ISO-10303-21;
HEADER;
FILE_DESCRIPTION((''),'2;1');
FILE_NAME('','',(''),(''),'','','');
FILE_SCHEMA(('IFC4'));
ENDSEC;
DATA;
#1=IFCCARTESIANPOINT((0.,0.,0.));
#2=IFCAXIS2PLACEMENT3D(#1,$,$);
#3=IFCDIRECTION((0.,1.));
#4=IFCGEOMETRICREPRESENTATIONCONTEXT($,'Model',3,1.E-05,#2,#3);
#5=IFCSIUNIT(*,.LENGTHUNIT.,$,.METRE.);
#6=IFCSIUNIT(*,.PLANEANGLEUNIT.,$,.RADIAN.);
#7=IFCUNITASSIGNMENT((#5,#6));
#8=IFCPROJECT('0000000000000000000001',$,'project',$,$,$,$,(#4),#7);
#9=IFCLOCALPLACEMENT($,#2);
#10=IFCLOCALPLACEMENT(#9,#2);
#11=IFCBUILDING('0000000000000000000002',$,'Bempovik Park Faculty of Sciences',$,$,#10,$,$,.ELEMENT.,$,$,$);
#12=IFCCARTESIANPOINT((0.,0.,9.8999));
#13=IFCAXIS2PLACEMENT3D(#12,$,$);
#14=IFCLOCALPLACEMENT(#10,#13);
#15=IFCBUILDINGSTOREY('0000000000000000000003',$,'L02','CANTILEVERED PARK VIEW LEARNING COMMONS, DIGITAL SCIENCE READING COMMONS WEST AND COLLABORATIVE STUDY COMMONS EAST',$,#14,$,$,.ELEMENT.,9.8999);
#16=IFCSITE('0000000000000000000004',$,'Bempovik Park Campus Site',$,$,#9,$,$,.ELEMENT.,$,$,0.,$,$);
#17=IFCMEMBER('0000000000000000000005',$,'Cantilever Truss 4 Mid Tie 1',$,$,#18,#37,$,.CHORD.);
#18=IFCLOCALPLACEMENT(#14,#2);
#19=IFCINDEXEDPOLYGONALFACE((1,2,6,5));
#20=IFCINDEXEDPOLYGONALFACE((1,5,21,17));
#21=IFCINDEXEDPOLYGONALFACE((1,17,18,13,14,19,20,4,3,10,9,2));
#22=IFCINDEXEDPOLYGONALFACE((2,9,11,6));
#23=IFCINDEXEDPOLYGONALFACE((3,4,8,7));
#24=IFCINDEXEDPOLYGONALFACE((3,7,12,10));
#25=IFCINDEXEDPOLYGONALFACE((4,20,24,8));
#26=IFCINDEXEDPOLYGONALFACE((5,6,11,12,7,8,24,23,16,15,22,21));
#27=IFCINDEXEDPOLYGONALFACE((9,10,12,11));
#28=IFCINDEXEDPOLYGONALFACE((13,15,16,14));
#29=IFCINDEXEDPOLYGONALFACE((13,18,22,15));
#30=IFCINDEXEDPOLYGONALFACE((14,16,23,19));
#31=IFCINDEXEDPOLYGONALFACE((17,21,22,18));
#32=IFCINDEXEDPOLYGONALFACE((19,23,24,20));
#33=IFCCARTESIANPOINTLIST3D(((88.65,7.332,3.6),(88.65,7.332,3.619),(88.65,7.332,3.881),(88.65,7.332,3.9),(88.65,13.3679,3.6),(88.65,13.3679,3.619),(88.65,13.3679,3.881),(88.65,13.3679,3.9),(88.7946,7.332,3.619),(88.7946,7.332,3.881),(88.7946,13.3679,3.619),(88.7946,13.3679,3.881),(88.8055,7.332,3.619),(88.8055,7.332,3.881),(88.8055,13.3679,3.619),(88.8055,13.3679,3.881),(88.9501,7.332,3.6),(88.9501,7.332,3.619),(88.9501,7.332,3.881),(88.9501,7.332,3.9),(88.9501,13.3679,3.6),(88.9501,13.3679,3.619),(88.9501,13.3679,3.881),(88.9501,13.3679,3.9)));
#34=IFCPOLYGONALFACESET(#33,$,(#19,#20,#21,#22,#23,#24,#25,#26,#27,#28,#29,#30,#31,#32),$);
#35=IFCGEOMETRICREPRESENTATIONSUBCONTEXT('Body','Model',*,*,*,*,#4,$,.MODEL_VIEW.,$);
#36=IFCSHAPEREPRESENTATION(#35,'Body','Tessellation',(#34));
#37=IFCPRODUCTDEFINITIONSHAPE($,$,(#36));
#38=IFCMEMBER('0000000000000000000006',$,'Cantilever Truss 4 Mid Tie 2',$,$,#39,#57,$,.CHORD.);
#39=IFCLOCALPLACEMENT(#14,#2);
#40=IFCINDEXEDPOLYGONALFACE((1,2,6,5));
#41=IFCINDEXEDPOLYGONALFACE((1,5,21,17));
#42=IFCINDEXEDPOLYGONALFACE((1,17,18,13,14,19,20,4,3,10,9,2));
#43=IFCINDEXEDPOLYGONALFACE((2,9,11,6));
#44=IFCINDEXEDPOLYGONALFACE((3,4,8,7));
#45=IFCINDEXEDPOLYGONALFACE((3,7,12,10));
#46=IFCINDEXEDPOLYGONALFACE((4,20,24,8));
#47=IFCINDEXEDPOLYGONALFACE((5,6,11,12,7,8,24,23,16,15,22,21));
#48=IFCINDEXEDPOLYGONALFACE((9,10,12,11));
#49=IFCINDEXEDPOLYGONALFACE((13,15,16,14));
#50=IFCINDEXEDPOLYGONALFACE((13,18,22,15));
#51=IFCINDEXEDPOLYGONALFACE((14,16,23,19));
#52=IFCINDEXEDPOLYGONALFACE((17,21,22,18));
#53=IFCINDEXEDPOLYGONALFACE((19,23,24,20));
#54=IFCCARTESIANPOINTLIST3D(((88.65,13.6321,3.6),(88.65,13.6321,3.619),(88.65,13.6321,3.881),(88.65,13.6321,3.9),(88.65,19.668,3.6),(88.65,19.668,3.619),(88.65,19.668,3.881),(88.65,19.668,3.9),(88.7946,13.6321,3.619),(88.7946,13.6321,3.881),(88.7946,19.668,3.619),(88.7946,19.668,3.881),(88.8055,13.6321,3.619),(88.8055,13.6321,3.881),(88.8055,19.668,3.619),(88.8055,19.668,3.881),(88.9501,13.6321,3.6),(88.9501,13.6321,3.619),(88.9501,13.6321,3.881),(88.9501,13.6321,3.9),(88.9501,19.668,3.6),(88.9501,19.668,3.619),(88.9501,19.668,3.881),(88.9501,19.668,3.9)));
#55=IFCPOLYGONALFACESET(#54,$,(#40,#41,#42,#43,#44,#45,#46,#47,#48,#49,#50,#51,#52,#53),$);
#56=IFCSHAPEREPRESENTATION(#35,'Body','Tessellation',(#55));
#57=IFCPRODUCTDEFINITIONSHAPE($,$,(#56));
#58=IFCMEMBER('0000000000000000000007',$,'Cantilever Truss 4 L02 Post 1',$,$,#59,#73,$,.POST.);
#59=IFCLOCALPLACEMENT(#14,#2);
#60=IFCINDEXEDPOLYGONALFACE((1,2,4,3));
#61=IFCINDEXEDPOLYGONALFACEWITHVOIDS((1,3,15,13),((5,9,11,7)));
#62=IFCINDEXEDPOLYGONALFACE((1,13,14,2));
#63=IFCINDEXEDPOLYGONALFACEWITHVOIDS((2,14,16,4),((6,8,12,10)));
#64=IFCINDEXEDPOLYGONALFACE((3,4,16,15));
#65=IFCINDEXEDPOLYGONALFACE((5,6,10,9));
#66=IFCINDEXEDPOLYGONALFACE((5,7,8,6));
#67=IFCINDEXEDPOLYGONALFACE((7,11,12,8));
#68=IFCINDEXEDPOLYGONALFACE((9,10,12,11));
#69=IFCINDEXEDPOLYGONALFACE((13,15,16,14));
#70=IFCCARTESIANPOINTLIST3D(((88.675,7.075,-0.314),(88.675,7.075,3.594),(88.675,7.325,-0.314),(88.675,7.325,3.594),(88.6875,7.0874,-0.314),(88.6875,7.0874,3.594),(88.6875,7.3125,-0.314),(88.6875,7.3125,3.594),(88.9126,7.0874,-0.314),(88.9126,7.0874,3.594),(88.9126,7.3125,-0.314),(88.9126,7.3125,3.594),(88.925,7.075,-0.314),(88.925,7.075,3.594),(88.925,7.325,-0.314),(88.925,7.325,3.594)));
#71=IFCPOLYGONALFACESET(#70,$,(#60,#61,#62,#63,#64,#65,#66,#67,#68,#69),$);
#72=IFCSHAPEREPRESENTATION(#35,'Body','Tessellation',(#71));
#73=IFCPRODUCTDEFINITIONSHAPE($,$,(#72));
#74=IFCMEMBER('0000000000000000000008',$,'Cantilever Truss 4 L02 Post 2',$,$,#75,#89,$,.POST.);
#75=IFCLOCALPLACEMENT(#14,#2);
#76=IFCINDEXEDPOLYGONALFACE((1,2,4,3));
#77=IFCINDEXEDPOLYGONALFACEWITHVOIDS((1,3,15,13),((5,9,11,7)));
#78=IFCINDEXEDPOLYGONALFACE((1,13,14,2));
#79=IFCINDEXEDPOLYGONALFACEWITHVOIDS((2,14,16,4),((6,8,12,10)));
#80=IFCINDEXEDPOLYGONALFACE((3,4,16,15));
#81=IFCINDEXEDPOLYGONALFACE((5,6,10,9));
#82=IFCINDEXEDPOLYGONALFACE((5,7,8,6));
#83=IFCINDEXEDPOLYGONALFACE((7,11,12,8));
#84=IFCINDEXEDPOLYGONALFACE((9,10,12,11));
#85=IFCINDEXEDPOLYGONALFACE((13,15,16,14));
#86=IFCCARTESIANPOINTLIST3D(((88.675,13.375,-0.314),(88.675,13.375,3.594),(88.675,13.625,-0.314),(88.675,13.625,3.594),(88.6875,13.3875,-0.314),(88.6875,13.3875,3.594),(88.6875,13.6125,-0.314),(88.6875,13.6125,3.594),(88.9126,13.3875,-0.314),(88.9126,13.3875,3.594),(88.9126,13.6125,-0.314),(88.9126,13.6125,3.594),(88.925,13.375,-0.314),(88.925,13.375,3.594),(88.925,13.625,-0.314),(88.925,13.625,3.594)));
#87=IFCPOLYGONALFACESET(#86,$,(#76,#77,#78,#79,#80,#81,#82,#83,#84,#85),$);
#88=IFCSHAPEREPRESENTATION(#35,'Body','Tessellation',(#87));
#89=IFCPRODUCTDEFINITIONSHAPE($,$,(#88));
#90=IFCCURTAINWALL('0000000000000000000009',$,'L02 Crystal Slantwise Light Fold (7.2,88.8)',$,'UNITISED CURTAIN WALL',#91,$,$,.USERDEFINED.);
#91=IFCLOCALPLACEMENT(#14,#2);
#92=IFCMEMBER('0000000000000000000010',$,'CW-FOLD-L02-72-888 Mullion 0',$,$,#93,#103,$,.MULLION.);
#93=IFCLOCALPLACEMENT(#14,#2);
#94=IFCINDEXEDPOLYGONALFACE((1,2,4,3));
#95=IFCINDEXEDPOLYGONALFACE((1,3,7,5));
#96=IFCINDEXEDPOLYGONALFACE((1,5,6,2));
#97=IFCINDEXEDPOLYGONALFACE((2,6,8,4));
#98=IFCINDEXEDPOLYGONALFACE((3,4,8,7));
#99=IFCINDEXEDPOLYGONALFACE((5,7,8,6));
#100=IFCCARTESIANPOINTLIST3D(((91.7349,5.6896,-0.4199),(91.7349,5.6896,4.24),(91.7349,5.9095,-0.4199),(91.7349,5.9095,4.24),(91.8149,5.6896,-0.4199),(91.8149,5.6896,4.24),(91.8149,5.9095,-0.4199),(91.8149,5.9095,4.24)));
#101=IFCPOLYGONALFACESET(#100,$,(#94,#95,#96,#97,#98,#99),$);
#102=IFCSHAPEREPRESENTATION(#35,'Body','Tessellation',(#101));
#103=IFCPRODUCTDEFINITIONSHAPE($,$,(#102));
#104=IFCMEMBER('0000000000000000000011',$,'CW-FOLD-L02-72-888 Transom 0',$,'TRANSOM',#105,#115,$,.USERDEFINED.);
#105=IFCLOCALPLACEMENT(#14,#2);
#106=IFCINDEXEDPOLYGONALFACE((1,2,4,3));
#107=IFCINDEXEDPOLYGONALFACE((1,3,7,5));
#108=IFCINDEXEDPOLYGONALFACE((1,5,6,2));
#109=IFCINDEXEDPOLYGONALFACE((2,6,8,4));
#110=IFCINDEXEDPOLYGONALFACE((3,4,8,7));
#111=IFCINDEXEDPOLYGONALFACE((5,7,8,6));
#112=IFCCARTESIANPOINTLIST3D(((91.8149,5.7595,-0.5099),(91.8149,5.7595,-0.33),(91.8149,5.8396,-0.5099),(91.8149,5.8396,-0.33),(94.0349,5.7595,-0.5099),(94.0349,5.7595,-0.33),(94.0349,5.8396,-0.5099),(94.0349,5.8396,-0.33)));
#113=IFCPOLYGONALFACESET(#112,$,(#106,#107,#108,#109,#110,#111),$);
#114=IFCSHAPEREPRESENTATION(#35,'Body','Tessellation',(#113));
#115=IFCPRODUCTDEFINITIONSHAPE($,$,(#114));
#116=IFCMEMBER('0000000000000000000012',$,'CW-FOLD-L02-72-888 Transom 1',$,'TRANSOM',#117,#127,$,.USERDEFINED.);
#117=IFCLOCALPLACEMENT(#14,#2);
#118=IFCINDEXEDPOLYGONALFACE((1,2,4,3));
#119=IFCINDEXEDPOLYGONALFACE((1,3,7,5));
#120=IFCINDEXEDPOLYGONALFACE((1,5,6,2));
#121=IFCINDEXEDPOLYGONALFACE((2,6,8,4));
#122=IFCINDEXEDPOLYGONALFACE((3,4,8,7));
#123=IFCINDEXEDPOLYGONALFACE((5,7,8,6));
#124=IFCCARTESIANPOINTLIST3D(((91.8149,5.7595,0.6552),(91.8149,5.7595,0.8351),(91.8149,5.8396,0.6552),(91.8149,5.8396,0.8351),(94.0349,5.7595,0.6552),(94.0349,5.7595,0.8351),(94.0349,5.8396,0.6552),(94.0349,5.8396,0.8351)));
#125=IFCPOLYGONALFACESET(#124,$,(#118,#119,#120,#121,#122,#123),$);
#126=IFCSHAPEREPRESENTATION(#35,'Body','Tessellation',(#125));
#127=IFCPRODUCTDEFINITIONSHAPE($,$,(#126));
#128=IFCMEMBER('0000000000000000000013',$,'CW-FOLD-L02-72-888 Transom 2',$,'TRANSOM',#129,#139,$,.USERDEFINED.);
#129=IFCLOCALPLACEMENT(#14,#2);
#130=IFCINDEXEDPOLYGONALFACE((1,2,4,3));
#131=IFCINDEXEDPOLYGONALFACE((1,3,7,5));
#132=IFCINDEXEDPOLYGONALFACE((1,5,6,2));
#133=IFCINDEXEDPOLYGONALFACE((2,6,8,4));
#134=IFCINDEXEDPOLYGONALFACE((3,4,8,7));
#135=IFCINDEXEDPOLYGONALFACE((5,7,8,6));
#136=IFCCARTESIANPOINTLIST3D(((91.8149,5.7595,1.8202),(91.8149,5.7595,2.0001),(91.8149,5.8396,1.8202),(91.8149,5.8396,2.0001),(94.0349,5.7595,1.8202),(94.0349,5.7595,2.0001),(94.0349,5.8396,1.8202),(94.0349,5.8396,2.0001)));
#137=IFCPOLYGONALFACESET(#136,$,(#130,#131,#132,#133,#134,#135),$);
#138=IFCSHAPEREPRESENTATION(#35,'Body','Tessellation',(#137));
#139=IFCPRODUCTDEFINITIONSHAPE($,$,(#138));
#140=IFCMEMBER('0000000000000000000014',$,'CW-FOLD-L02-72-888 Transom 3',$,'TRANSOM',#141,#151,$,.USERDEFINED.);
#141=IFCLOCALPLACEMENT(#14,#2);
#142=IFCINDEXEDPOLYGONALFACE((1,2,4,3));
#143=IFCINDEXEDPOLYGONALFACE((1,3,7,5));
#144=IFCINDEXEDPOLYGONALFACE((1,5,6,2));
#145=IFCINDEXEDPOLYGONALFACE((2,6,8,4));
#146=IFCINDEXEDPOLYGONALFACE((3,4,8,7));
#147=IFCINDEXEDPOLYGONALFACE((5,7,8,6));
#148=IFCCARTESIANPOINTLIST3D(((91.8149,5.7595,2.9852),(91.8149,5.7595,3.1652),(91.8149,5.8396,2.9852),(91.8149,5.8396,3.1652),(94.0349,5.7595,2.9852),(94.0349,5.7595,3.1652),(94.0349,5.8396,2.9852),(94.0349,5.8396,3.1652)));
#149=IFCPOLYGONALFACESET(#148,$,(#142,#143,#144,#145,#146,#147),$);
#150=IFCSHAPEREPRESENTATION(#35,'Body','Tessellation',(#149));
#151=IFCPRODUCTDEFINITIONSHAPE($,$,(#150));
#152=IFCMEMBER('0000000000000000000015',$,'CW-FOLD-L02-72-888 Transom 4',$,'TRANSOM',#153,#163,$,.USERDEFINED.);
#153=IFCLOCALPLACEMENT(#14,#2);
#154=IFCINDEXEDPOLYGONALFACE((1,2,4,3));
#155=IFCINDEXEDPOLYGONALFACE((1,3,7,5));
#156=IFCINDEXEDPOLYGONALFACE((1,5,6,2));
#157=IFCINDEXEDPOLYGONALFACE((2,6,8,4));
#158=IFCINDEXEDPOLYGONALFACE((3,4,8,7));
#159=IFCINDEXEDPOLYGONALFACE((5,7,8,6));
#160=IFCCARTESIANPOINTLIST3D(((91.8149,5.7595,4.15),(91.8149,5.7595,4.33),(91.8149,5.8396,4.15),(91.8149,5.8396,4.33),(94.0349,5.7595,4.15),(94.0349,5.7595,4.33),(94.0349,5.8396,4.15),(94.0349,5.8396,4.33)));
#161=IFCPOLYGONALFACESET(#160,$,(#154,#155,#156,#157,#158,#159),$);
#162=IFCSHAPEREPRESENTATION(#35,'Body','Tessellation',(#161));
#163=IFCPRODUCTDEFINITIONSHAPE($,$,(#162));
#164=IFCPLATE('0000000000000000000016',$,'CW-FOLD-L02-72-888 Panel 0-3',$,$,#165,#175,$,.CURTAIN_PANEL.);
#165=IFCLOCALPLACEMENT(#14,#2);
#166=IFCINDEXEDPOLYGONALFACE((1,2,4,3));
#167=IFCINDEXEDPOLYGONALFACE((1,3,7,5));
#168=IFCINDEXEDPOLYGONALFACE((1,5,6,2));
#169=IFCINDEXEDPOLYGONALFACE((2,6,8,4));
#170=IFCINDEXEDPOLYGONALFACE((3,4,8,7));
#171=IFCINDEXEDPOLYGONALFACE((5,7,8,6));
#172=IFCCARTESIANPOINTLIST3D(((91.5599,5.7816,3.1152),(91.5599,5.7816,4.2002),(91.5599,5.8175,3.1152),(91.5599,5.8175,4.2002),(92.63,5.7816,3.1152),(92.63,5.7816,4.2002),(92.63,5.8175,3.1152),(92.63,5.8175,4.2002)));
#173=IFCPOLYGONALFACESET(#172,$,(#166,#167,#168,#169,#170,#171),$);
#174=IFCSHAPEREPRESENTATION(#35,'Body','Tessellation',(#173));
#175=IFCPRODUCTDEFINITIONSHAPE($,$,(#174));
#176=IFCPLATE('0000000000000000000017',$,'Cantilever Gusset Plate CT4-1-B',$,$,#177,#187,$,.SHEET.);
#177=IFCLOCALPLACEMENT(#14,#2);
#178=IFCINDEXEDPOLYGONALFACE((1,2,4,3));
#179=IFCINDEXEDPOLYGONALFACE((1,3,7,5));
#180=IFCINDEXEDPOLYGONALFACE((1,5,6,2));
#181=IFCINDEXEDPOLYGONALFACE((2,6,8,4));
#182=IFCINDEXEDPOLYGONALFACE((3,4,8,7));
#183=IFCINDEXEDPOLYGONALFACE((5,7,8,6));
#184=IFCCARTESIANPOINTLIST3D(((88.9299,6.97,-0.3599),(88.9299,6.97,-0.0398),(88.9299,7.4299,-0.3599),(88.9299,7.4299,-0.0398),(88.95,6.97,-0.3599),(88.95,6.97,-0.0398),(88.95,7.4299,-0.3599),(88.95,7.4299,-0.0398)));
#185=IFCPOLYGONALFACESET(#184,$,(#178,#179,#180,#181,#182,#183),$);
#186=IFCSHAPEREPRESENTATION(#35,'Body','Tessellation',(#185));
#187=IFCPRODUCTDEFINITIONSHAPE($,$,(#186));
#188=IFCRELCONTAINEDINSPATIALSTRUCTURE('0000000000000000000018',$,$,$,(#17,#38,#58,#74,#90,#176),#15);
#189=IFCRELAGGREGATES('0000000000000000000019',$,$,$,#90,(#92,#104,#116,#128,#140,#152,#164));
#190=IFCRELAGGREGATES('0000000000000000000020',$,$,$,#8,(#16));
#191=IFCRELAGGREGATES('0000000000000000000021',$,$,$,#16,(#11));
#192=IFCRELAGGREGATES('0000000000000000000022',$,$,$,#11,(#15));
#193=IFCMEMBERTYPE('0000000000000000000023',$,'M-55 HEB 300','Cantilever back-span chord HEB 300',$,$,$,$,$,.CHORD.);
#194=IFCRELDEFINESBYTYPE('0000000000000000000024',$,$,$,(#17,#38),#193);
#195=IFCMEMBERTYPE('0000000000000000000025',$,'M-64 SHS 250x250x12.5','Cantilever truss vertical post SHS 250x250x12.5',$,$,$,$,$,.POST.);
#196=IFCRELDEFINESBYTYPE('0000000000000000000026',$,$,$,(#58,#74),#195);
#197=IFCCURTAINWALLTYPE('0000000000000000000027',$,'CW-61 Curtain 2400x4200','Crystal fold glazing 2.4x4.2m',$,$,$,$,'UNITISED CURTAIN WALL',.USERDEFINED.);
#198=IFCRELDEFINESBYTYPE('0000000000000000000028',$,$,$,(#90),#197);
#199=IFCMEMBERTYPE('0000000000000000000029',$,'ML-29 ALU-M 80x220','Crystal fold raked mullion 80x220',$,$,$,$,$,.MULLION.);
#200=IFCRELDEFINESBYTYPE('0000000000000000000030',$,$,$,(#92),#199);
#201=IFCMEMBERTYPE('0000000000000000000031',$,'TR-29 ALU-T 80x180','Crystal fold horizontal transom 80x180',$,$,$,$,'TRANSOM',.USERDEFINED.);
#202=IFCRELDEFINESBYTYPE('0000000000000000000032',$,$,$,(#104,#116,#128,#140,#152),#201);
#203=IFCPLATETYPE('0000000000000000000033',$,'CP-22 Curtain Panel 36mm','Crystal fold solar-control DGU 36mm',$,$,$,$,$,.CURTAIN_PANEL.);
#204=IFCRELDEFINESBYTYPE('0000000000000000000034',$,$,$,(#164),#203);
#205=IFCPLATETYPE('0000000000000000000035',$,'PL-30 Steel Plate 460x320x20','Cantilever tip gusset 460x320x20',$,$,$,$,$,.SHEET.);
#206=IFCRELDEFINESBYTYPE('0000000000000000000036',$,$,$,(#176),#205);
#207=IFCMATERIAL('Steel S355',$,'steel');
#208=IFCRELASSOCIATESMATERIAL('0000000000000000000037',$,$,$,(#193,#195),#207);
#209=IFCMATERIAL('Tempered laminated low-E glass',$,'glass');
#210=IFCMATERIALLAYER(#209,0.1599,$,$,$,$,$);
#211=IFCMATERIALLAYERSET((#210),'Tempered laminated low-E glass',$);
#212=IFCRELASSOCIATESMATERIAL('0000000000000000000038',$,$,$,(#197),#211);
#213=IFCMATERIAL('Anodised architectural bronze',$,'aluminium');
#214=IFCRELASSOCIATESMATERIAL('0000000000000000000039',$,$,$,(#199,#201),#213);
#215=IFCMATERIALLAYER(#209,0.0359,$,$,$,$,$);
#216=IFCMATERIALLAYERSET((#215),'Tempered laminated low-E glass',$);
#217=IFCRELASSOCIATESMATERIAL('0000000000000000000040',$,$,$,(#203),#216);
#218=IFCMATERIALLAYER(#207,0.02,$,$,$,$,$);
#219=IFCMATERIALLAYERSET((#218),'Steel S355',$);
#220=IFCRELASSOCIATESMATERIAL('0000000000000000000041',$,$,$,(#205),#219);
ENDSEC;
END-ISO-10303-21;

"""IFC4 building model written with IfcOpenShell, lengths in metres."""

from ifc_helpers import new_model, si_unit, direction, frame, origin, origin_2d, place, context, subcontext, project, spatial, rectangle, hollow_rectangle, i_section, extrude, material, layer, layer_set, material_profile, profile_set, type_object, element, aggregate, save


model = new_model("IFC4")

# Units and contexts
model_context = context("Model", 3, precision=1e-05, world=origin(), true_north=direction((0.0, 1.0)))
body_context = subcontext(model_context, "Body", "Model", "MODEL_VIEW")
ifc_project = project(units=[si_unit("LENGTHUNIT", "METRE"), si_unit("PLANEANGLEUNIT", "RADIAN")], contexts=[model_context])

# Site, building, storey
site_placement = place(None, origin())
site = spatial("IfcSite", under=ifc_project, at=site_placement, Name="Bempovik Park Campus Site", CompositionType="ELEMENT", RefElevation=0.0)
building_placement = place(site_placement, origin())
building = spatial("IfcBuilding", under=site, at=building_placement, Name="Bempovik Park Faculty of Sciences", CompositionType="ELEMENT")
storey_placement = place(building_placement, frame((0.0, 0.0, 9.8999)))
storey = spatial("IfcBuildingStorey", under=building, at=storey_placement, Name="L02", Description="CANTILEVERED PARK VIEW LEARNING COMMONS, DIGITAL SCIENCE READING COMMONS WEST AND COLLABORATIVE STUDY COMMONS EAST", CompositionType="ELEMENT", Elevation=9.8999)

# Shared definitions
ifc_material_1 = material(Name="Steel S355", Category="steel")

# Members
ifc_material_profile_1 = material_profile(ifc_material_1, i_section(OverallWidth=0.3, OverallDepth=0.3, WebThickness=0.011, FlangeThickness=0.019, at=origin_2d()), Name="HEB 300")
ifc_profile_set_1 = profile_set([ifc_material_profile_1], Name="Steel S355")
member_type_1 = type_object("IfcMemberType", Name="M-55 HEB 300", Description="Cantilever back-span chord HEB 300", PredefinedType="CHORD", material=ifc_profile_set_1)
for number, where, z_axis, x_axis, name in (
    (1, (88.8, 7.332, 3.75), (0.0, 1.0, 0.0), (-1.0, 0.0, 0.0), "Cantilever Truss 4 Mid Tie 1"),
    (2, (88.8, 13.6321, 3.75), (0.0, 1.0, 0.0), (-1.0, 0.0, 0.0), "Cantilever Truss 4 Mid Tie 2"),
):
    element("IfcMember", number, at=place(storey_placement, frame(where, z_axis=z_axis, x_axis=x_axis)), inside=storey, type_object=member_type_1, Name=name, PredefinedType="CHORD", context=body_context, shape_type="SweptSolid", body=[
        extrude(i_section(OverallWidth=0.3, OverallDepth=0.3, WebThickness=0.011, FlangeThickness=0.019, at=origin_2d()), origin(), (0.0, 0.0, 1.0), 6.0359),
    ])
ifc_material_profile_2 = material_profile(ifc_material_1, hollow_rectangle(XDim=0.25, YDim=0.25, WallThickness=0.0125, at=origin_2d()), Name="SHS 250x250x12.5")
ifc_profile_set_2 = profile_set([ifc_material_profile_2], Name="Steel S355")
member_type_2 = type_object("IfcMemberType", Name="M-64 SHS 250x250x12.5", Description="Cantilever truss vertical post SHS 250x250x12.5", PredefinedType="POST", material=ifc_profile_set_2)
for number, where, z_axis, x_axis, name in (
    (3, (88.8, 7.2, -0.314), (0.0, 0.0, 1.0), (1.0, 0.0, 0.0), "Cantilever Truss 4 L02 Post 1"),
    (4, (88.8, 13.5, -0.314), (0.0, 0.0, 1.0), (1.0, 0.0, 0.0), "Cantilever Truss 4 L02 Post 2"),
):
    element("IfcMember", number, at=place(storey_placement, frame(where, z_axis=z_axis, x_axis=x_axis)), inside=storey, type_object=member_type_2, Name=name, PredefinedType="POST", context=body_context, shape_type="SweptSolid", body=[
        extrude(hollow_rectangle(XDim=0.25, YDim=0.25, WallThickness=0.0125, at=origin_2d()), origin(), (0.0, 0.0, 1.0), 3.908),
    ])

# Curtain wall, members, plate
ifc_material_2 = material(Name="Tempered laminated low-E glass", Category="glass")
ifc_layer_1 = layer(ifc_material_2, 0.1599)
ifc_layer_set_1 = layer_set([ifc_layer_1], Name="Tempered laminated low-E glass")
curtain_wall_type = type_object("IfcCurtainWallType", Name="CW-61 Curtain 2400x4200", Description="Crystal fold glazing 2.4x4.2m", ElementType="UNITISED CURTAIN WALL", PredefinedType="USERDEFINED", material=ifc_layer_set_1)
curtain_wall_placement = place(storey_placement, origin())
curtain_wall = element("IfcCurtainWall", 5, at=curtain_wall_placement, inside=storey, type_object=curtain_wall_type, Name="L02 Crystal Slantwise Light Fold (7.2,88.8)", ObjectType="UNITISED CURTAIN WALL", PredefinedType="USERDEFINED")
ifc_material_3 = material(Name="Anodised architectural bronze", Category="aluminium")
ifc_material_profile_3 = material_profile(ifc_material_3, rectangle(XDim=0.0801, YDim=0.22, at=origin_2d()), Name="ALU-M 80x220")
ifc_profile_set_3 = profile_set([ifc_material_profile_3], Name="Anodised architectural bronze")
member_type_3 = type_object("IfcMemberType", Name="ML-29 ALU-M 80x220", Description="Crystal fold raked mullion 80x220", PredefinedType="MULLION", material=ifc_profile_set_3)
member_1_placement = place(storey_placement, frame((91.7749, 5.7996, -0.4199), z_axis=(0.0, 0.0, 1.0), x_axis=(1.0, 0.0, 0.0)))
member_1 = element("IfcMember", 6, at=member_1_placement, type_object=member_type_3, Name="CW-FOLD-L02-72-888 Mullion 0", PredefinedType="MULLION", context=body_context, shape_type="SweptSolid", body=[
    extrude(rectangle(XDim=0.0801, YDim=0.22, at=origin_2d()), origin(), (0.0, 0.0, 1.0), 4.6599),
])
ifc_material_profile_4 = material_profile(ifc_material_3, rectangle(XDim=0.0801, YDim=0.1799, at=origin_2d()), Name="ALU-T 80x180")
ifc_profile_set_4 = profile_set([ifc_material_profile_4], Name="Anodised architectural bronze")
member_type_4 = type_object("IfcMemberType", Name="TR-29 ALU-T 80x180", Description="Crystal fold horizontal transom 80x180", ElementType="TRANSOM", PredefinedType="USERDEFINED", material=ifc_profile_set_4)
member_2_placement = place(storey_placement, frame((91.8149, 5.7996, -0.4199), z_axis=(1.0, 0.0, 0.0), x_axis=(0.0, 1.0, 0.0)))
member_2 = element("IfcMember", 7, at=member_2_placement, type_object=member_type_4, Name="CW-FOLD-L02-72-888 Transom 0", ObjectType="TRANSOM", PredefinedType="USERDEFINED", context=body_context, shape_type="SweptSolid", body=[
    extrude(rectangle(XDim=0.0801, YDim=0.1799, at=origin_2d()), origin(), (0.0, 0.0, 1.0), 2.22),
])
member_3_placement = place(storey_placement, frame((91.8149, 5.7996, 0.7451), z_axis=(1.0, 0.0, 0.0), x_axis=(0.0, 1.0, 0.0)))
member_3 = element("IfcMember", 8, at=member_3_placement, type_object=member_type_4, Name="CW-FOLD-L02-72-888 Transom 1", ObjectType="TRANSOM", PredefinedType="USERDEFINED", context=body_context, shape_type="SweptSolid", body=[
    extrude(rectangle(XDim=0.0801, YDim=0.1799, at=origin_2d()), origin(), (0.0, 0.0, 1.0), 2.22),
])
member_4_placement = place(storey_placement, frame((91.8149, 5.7996, 1.9102), z_axis=(1.0, 0.0, 0.0), x_axis=(0.0, 1.0, 0.0)))
member_4 = element("IfcMember", 9, at=member_4_placement, type_object=member_type_4, Name="CW-FOLD-L02-72-888 Transom 2", ObjectType="TRANSOM", PredefinedType="USERDEFINED", context=body_context, shape_type="SweptSolid", body=[
    extrude(rectangle(XDim=0.0801, YDim=0.1799, at=origin_2d()), origin(), (0.0, 0.0, 1.0), 2.22),
])
member_5_placement = place(storey_placement, frame((91.8149, 5.7996, 3.0752), z_axis=(1.0, 0.0, 0.0), x_axis=(0.0, 1.0, 0.0)))
member_5 = element("IfcMember", 10, at=member_5_placement, type_object=member_type_4, Name="CW-FOLD-L02-72-888 Transom 3", ObjectType="TRANSOM", PredefinedType="USERDEFINED", context=body_context, shape_type="SweptSolid", body=[
    extrude(rectangle(XDim=0.0801, YDim=0.1799, at=origin_2d()), origin(), (0.0, 0.0, 1.0), 2.22),
])
member_6_placement = place(storey_placement, frame((91.8149, 5.7996, 4.24), z_axis=(1.0, 0.0, 0.0), x_axis=(0.0, 1.0, 0.0)))
member_6 = element("IfcMember", 11, at=member_6_placement, type_object=member_type_4, Name="CW-FOLD-L02-72-888 Transom 4", ObjectType="TRANSOM", PredefinedType="USERDEFINED", context=body_context, shape_type="SweptSolid", body=[
    extrude(rectangle(XDim=0.0801, YDim=0.1799, at=origin_2d()), origin(), (0.0, 0.0, 1.0), 2.22),
])
ifc_layer_2 = layer(ifc_material_2, 0.0359)
ifc_layer_set_2 = layer_set([ifc_layer_2], Name="Tempered laminated low-E glass")
plate_type_1 = type_object("IfcPlateType", Name="CP-22 Curtain Panel 36mm", Description="Crystal fold solar-control DGU 36mm", PredefinedType="CURTAIN_PANEL", material=ifc_layer_set_2)
plate_1_placement = place(storey_placement, frame((92.095, 5.7996, 3.1152), z_axis=(0.0, 0.0, 1.0), x_axis=(1.0, 0.0, 0.0)))
plate_1 = element("IfcPlate", 12, at=plate_1_placement, type_object=plate_type_1, Name="CW-FOLD-L02-72-888 Panel 0-3", PredefinedType="CURTAIN_PANEL", context=body_context, shape_type="SweptSolid", body=[
    extrude(rectangle(XDim=1.0701, YDim=0.0359, at=origin_2d()), origin(), (0.0, 0.0, 1.0), 1.085),
])
aggregate(curtain_wall, [member_1, member_2, member_3, member_4, member_5, member_6, plate_1])

# Plate
ifc_layer_3 = layer(ifc_material_1, 0.02)
ifc_layer_set_3 = layer_set([ifc_layer_3], Name="Steel S355")
plate_type_2 = type_object("IfcPlateType", Name="PL-30 Steel Plate 460x320x20", Description="Cantilever tip gusset 460x320x20", PredefinedType="SHEET", material=ifc_layer_set_3)
plate_2_placement = place(storey_placement, frame((88.9399, 7.2, -0.3599), z_axis=(0.0, 0.0, 1.0), x_axis=(1.0, 0.0, 0.0)))
element("IfcPlate", 13, at=plate_2_placement, inside=storey, type_object=plate_type_2, Name="Cantilever Gusset Plate CT4-1-B", PredefinedType="SHEET", context=body_context, shape_type="SweptSolid", body=[
    extrude(rectangle(XDim=0.02, YDim=0.46, at=origin_2d()), origin(), (0.0, 0.0, 1.0), 0.3201),
])

save(model, "model.ifc")
